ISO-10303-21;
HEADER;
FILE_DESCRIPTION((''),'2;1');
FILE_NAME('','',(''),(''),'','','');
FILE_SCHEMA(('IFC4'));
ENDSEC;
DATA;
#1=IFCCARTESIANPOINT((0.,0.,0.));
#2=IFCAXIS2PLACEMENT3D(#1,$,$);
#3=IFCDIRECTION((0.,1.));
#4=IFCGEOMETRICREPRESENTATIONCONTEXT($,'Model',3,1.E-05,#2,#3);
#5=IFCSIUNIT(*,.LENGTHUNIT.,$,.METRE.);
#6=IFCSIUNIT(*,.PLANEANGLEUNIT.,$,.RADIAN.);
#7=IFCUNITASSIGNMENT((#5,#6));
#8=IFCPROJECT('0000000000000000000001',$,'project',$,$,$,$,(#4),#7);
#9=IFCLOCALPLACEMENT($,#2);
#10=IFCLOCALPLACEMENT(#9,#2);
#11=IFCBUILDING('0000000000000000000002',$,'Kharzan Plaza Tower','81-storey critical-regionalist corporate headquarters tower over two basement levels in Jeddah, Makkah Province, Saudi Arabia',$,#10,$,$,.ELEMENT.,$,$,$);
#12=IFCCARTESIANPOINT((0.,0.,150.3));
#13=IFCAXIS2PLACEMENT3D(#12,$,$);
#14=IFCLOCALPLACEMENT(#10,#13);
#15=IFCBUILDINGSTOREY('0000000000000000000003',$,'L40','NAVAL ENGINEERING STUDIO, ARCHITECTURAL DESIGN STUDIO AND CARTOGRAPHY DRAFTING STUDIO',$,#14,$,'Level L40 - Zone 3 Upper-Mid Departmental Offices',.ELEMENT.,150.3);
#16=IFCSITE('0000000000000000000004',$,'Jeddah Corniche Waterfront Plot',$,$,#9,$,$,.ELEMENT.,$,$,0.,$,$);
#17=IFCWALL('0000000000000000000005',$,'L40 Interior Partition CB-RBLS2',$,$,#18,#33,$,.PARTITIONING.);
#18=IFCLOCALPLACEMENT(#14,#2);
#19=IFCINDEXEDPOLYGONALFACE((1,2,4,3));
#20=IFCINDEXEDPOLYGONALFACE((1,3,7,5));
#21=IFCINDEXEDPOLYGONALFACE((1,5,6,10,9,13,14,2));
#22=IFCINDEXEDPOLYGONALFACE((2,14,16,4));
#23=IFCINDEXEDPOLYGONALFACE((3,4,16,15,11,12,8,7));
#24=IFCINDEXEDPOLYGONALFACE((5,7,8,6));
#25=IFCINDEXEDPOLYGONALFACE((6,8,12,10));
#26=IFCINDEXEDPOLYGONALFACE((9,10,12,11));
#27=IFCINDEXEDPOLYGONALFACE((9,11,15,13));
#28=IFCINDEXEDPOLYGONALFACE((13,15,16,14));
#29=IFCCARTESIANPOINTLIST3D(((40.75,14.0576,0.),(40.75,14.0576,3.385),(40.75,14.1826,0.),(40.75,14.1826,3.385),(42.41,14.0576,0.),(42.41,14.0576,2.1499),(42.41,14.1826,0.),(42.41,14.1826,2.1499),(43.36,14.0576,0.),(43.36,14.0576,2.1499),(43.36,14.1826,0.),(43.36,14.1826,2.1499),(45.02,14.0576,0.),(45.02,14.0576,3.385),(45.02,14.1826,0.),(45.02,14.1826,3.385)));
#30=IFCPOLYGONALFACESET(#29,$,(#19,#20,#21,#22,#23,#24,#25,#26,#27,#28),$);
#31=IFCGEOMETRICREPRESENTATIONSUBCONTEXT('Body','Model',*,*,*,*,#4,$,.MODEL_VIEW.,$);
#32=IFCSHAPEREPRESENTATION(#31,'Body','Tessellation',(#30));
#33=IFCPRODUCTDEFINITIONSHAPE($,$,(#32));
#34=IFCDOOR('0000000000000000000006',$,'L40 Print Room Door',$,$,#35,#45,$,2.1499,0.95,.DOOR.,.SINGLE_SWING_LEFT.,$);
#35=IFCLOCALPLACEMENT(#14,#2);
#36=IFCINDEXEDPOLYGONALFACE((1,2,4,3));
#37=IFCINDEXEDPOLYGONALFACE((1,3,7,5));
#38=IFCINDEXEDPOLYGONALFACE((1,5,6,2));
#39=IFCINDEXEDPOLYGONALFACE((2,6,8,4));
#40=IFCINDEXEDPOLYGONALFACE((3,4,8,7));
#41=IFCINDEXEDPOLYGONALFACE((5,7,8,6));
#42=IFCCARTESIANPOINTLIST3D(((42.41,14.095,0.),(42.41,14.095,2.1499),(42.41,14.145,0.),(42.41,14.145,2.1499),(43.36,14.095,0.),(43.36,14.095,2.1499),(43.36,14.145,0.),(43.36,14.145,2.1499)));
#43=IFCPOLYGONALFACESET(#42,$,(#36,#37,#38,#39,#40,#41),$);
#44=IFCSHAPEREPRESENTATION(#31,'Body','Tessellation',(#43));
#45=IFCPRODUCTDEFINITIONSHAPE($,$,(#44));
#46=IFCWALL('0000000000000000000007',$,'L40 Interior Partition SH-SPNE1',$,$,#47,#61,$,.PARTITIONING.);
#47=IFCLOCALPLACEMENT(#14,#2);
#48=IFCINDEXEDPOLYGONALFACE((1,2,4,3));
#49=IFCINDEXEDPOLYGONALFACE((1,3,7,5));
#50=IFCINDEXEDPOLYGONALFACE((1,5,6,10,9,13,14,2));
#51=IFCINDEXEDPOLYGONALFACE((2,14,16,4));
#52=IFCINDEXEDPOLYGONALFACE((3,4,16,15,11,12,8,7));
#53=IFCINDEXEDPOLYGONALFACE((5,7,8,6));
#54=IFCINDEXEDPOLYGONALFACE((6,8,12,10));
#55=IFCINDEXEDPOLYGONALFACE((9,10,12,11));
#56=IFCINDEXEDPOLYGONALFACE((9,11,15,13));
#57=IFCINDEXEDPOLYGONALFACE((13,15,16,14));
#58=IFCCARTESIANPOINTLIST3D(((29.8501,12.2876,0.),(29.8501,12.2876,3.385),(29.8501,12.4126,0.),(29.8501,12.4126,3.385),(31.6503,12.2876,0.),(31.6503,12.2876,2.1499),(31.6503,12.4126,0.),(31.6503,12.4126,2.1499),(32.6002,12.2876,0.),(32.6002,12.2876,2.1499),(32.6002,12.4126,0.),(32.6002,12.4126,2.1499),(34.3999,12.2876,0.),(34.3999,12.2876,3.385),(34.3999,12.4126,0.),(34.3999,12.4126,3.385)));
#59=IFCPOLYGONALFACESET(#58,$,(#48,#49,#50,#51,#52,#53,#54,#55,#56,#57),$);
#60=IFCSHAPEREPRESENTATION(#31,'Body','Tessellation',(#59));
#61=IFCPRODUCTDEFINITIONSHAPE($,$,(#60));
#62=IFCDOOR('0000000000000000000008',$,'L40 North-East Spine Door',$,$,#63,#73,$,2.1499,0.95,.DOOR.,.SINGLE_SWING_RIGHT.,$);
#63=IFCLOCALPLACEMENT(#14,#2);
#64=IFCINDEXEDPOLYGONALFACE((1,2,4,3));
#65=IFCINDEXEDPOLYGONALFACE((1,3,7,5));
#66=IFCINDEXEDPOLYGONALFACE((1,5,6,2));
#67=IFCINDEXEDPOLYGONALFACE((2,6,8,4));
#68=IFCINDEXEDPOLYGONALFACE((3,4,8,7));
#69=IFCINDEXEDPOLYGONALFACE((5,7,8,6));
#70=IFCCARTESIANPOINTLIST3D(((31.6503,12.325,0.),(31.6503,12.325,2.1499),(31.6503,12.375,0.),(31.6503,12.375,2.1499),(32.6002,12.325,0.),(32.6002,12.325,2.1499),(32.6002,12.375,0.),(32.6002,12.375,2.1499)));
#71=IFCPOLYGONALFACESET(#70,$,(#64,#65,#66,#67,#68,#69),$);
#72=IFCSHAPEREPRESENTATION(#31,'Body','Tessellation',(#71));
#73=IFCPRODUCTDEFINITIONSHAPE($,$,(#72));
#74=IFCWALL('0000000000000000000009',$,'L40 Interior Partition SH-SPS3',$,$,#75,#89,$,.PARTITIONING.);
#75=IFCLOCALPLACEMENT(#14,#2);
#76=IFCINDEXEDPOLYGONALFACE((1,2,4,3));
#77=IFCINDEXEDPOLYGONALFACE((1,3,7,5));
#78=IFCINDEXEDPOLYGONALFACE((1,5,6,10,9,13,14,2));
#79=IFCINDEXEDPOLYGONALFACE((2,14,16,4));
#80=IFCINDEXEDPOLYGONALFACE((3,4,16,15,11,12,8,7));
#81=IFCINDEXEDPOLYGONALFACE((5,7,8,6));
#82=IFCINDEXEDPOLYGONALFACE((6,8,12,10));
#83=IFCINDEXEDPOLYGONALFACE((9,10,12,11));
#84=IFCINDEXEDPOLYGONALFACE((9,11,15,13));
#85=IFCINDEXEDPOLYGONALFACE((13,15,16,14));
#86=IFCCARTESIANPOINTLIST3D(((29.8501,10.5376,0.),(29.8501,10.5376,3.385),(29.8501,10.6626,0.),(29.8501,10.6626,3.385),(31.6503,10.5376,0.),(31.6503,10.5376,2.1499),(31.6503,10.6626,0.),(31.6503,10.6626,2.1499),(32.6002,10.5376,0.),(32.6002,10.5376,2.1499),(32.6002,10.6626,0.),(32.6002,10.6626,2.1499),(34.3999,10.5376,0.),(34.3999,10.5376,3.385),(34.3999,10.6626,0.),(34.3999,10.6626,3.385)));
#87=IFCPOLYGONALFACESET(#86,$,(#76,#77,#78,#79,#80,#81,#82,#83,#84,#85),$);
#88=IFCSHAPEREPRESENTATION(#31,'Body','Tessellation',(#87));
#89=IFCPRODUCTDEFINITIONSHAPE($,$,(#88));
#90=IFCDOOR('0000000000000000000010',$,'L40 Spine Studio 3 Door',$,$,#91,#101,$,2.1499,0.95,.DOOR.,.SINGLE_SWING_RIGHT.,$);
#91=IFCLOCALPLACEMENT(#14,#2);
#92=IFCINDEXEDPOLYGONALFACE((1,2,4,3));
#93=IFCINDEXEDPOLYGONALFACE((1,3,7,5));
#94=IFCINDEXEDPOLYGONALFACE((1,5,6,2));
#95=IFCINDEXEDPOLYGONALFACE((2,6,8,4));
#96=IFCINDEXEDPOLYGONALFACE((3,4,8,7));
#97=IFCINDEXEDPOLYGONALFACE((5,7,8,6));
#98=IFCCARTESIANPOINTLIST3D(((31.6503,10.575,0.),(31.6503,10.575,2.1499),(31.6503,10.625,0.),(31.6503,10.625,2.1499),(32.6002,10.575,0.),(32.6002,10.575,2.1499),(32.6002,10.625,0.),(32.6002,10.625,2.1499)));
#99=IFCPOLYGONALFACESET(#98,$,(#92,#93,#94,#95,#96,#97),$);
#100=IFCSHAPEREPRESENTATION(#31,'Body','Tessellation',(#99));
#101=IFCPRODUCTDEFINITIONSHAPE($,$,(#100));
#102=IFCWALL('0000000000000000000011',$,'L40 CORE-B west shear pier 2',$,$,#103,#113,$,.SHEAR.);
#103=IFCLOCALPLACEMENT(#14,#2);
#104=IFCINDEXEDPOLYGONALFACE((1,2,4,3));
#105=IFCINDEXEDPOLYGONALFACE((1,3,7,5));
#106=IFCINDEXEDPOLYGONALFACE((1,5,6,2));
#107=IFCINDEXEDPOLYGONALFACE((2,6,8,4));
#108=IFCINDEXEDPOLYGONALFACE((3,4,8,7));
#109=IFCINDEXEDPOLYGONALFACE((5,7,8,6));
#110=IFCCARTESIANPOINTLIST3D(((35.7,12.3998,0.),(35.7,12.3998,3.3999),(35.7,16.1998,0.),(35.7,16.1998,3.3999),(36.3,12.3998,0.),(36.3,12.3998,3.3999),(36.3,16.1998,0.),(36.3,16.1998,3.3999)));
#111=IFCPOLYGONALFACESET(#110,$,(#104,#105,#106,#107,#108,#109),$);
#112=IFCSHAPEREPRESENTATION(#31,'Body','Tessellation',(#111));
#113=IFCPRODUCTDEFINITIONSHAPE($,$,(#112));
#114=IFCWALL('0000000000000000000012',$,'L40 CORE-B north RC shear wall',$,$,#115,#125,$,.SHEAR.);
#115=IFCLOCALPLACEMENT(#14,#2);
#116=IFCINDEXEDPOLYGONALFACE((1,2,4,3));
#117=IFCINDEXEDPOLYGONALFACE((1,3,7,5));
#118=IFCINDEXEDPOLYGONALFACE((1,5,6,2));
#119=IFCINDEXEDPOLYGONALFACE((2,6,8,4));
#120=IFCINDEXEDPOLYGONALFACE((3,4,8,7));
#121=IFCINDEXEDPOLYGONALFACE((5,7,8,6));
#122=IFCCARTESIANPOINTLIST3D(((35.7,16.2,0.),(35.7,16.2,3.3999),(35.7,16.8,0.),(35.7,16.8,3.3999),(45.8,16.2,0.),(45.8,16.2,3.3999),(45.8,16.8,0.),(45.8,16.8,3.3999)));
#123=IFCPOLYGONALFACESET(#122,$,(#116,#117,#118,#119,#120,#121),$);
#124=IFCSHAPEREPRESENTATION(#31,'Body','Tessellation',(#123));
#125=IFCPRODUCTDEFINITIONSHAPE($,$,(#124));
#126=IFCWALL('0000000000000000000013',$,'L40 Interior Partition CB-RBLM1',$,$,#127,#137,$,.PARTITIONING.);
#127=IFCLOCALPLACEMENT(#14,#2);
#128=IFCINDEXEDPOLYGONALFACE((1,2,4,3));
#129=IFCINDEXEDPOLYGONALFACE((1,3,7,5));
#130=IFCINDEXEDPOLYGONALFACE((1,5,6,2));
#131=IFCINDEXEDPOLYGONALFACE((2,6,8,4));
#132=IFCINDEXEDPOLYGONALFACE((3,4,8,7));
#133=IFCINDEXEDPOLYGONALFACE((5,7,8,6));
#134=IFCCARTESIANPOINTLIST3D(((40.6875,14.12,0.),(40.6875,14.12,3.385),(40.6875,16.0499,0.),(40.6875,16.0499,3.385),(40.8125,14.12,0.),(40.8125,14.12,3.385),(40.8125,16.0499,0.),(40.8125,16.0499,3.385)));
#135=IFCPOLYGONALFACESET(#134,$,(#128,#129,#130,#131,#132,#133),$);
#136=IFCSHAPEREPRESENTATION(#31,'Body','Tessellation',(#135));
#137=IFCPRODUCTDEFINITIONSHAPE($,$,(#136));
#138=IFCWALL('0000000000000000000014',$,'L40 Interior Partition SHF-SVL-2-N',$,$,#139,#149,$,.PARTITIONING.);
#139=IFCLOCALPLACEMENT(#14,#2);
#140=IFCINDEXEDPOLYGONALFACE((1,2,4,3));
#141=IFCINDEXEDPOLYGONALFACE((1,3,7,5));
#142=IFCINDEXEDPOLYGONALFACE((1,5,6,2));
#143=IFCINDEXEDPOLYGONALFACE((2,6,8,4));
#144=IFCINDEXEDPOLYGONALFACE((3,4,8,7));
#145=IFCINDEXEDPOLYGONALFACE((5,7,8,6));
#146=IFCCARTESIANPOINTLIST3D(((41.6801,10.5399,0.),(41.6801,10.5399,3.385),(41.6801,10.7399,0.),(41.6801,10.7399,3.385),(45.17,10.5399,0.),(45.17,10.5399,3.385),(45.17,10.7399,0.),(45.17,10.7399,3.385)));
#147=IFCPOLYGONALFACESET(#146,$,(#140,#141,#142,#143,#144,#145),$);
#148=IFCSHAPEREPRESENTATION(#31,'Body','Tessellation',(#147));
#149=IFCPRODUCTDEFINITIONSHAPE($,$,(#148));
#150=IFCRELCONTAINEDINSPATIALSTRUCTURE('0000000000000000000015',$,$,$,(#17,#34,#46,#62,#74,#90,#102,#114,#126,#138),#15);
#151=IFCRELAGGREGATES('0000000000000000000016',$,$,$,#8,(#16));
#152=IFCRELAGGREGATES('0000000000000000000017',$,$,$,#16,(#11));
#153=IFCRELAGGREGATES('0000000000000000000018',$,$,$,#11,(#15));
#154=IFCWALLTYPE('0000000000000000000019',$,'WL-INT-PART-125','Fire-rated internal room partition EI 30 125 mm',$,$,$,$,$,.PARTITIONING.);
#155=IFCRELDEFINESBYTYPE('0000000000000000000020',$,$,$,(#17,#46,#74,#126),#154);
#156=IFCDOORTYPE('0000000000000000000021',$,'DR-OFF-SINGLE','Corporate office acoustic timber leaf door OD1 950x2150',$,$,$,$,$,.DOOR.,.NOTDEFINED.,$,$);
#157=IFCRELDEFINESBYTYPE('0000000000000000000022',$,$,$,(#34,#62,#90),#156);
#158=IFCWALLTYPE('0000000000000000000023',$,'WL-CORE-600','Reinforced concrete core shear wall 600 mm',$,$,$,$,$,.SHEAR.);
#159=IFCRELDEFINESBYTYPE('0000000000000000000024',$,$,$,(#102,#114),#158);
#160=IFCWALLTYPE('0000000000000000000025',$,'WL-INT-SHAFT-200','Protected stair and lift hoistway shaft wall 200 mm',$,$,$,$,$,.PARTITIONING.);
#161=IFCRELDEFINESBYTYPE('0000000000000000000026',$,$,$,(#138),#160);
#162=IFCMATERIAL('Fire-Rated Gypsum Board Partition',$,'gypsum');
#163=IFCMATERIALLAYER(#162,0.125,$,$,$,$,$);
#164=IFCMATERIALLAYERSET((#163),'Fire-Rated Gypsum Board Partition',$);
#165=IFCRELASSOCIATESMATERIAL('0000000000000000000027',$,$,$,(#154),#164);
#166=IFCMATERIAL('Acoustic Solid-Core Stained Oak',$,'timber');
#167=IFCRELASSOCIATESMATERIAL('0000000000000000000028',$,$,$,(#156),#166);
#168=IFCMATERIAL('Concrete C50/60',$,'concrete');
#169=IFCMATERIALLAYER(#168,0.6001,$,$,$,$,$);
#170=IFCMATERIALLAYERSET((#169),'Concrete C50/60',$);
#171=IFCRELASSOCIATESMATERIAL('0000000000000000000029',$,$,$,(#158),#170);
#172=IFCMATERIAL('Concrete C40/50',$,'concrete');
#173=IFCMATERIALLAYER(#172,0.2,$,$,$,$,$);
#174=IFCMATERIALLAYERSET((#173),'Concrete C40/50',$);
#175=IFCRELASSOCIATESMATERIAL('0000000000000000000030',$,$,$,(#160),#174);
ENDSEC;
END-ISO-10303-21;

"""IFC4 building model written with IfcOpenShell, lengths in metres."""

from ifc_helpers import new_model, si_unit, direction, frame, frame_2d, origin, place, context, subcontext, project, spatial, rectangle, extrude, source, transform, mapped, material, layer, layer_set, type_object, element, fill, save


model = new_model("IFC4")

# Units and contexts
model_context = context("Model", 3, precision=1e-05, world=origin(), true_north=direction((0.0, 1.0)))
body_context = subcontext(model_context, "Body", "Model", "MODEL_VIEW")
ifc_project = project(units=[si_unit("LENGTHUNIT", "METRE"), si_unit("PLANEANGLEUNIT", "RADIAN")], contexts=[model_context])

# Site, building, storey
site_placement = place(None, origin())
site = spatial("IfcSite", under=ifc_project, at=site_placement, Name="Jeddah Corniche Waterfront Plot", CompositionType="ELEMENT", RefElevation=0.0)
building_placement = place(site_placement, origin())
building = spatial("IfcBuilding", under=site, at=building_placement, Name="Kharzan Plaza Tower", Description="81-storey critical-regionalist corporate headquarters tower over two basement levels in Jeddah, Makkah Province, Saudi Arabia", CompositionType="ELEMENT")
storey_placement = place(building_placement, frame((0.0, 0.0, 150.3)))
storey = spatial("IfcBuildingStorey", under=building, at=storey_placement, Name="L40", Description="NAVAL ENGINEERING STUDIO, ARCHITECTURAL DESIGN STUDIO AND CARTOGRAPHY DRAFTING STUDIO", LongName="Level L40 - Zone 3 Upper-Mid Departmental Offices", CompositionType="ELEMENT", Elevation=150.3)

# Shared definitions
ifc_material_1 = material(Name="Concrete C50/60", Category="concrete")

# Shared definitions
ifc_material_2 = material(Name="Concrete C40/50", Category="concrete")

# Walls, openings, doors
ifc_material_3 = material(Name="Fire-Rated Gypsum Board Partition", Category="gypsum")
ifc_layer_1 = layer(ifc_material_3, 0.125)
ifc_layer_set_1 = layer_set([ifc_layer_1], Name="Fire-Rated Gypsum Board Partition")
wall_type_1 = type_object("IfcWallType", Name="WL-INT-PART-125", Description="Fire-rated internal room partition EI 30 125 mm", PredefinedType="PARTITIONING", material=ifc_layer_set_1)
wall_1_placement = place(storey_placement, frame((40.75, 14.1201, 0.0), z_axis=(0.0, 0.0, 1.0), x_axis=(1.0, 0.0, 0.0)))
wall_1 = element("IfcWall", 1, at=wall_1_placement, inside=storey, type_object=wall_type_1, Name="L40 Interior Partition CB-RBLS2", PredefinedType="PARTITIONING", context=body_context, shape_type="SweptSolid", body=[
    extrude(rectangle(XDim=4.27, YDim=0.125, at=frame_2d((2.135, 0.0))), origin(), (0.0, 0.0, 1.0), 3.385),
])
opening_1_placement = place(wall_1_placement, frame((1.6599, 0.0, 0.0)))
opening_1 = element("IfcOpeningElement", 2, at=opening_1_placement, cuts=wall_1, PredefinedType="OPENING", context=body_context, shape_type="SweptSolid", body=[
    extrude(rectangle(XDim=0.95, YDim=2.1499, at=frame_2d((0.4751, 1.075))), frame((0.0, 0.0725, 0.0), z_axis=(0.0, -1.0, 0.0), x_axis=(1.0, 0.0, 0.0)), (0.0, 0.0, 1.0), 0.145),
])
ifc_material_4 = material(Name="Acoustic Solid-Core Stained Oak", Category="timber")
door_type_1 = type_object("IfcDoorType", Name="DR-OFF-SINGLE", Description="Corporate office acoustic timber leaf door OD1 950x2150", OperationType="NOTDEFINED", PredefinedType="DOOR", material=ifc_material_4)
shared_shape_1 = source(origin(), body_context, "Body", "SweptSolid", [
    extrude(rectangle(XDim=0.95, YDim=2.1499, at=frame_2d((0.4751, 1.075))), frame((0.0, 0.0249, 0.0), z_axis=(0.0, -1.0, 0.0), x_axis=(1.0, 0.0, 0.0)), (0.0, 0.0, 1.0), 0.05),
])
door_1_placement = place(opening_1_placement, origin())
door_1 = element("IfcDoor", 3, at=door_1_placement, inside=storey, type_object=door_type_1, Name="L40 Print Room Door", OperationType="SINGLE_SWING_LEFT", OverallHeight=2.1499, OverallWidth=0.95, PredefinedType="DOOR", context=body_context, shape_type="MappedRepresentation", body=[
    mapped(shared_shape_1, transform((0.0, 0.0, 0.0), x_axis=(1.0, 0.0, 0.0), y_axis=(0.0, 1.0, 0.0), z_axis=(0.0, 0.0, 1.0))),
])
fill(opening_1, door_1)
wall_2_placement = place(storey_placement, frame((29.8501, 12.3501, 0.0), z_axis=(0.0, 0.0, 1.0), x_axis=(1.0, 0.0, 0.0)))
wall_2 = element("IfcWall", 4, at=wall_2_placement, inside=storey, type_object=wall_type_1, Name="L40 Interior Partition SH-SPNE1", PredefinedType="PARTITIONING", context=body_context, shape_type="SweptSolid", body=[
    extrude(rectangle(XDim=4.5498, YDim=0.125, at=frame_2d((2.2749, 0.0))), origin(), (0.0, 0.0, 1.0), 3.385),
])
opening_2_placement = place(wall_2_placement, frame((1.8, 0.0, 0.0)))
opening_2 = element("IfcOpeningElement", 5, at=opening_2_placement, cuts=wall_2, PredefinedType="OPENING", context=body_context, shape_type="SweptSolid", body=[
    extrude(rectangle(XDim=0.95, YDim=2.1499, at=frame_2d((0.4751, 1.075))), frame((0.0, 0.0725, 0.0), z_axis=(0.0, -1.0, 0.0), x_axis=(1.0, 0.0, 0.0)), (0.0, 0.0, 1.0), 0.145),
])
door_2_placement = place(opening_2_placement, origin())
door_2 = element("IfcDoor", 6, at=door_2_placement, inside=storey, type_object=door_type_1, Name="L40 North-East Spine Door", OperationType="SINGLE_SWING_RIGHT", OverallHeight=2.1499, OverallWidth=0.95, PredefinedType="DOOR", context=body_context, shape_type="MappedRepresentation", body=[
    mapped(shared_shape_1, transform((0.0, 0.0, 0.0), x_axis=(1.0, 0.0, 0.0), y_axis=(0.0, 1.0, 0.0), z_axis=(0.0, 0.0, 1.0))),
])
fill(opening_2, door_2)
wall_3_placement = place(storey_placement, frame((29.8501, 10.6001, 0.0), z_axis=(0.0, 0.0, 1.0), x_axis=(1.0, 0.0, 0.0)))
wall_3 = element("IfcWall", 7, at=wall_3_placement, inside=storey, type_object=wall_type_1, Name="L40 Interior Partition SH-SPS3", PredefinedType="PARTITIONING", context=body_context, shape_type="SweptSolid", body=[
    extrude(rectangle(XDim=4.5498, YDim=0.125, at=frame_2d((2.2749, 0.0))), origin(), (0.0, 0.0, 1.0), 3.385),
])
opening_3_placement = place(wall_3_placement, frame((1.8, 0.0, 0.0)))
opening_3 = element("IfcOpeningElement", 8, at=opening_3_placement, cuts=wall_3, PredefinedType="OPENING", context=body_context, shape_type="SweptSolid", body=[
    extrude(rectangle(XDim=0.95, YDim=2.1499, at=frame_2d((0.4751, 1.075))), frame((0.0, 0.0725, 0.0), z_axis=(0.0, -1.0, 0.0), x_axis=(1.0, 0.0, 0.0)), (0.0, 0.0, 1.0), 0.145),
])
door_3_placement = place(opening_3_placement, origin())
door_3 = element("IfcDoor", 9, at=door_3_placement, inside=storey, type_object=door_type_1, Name="L40 Spine Studio 3 Door", OperationType="SINGLE_SWING_RIGHT", OverallHeight=2.1499, OverallWidth=0.95, PredefinedType="DOOR", context=body_context, shape_type="MappedRepresentation", body=[
    mapped(shared_shape_1, transform((0.0, 0.0, 0.0), x_axis=(1.0, 0.0, 0.0), y_axis=(0.0, 1.0, 0.0), z_axis=(0.0, 0.0, 1.0))),
])
fill(opening_3, door_3)

# Walls
ifc_layer_2 = layer(ifc_material_1, 0.6001)
ifc_layer_set_2 = layer_set([ifc_layer_2], Name="Concrete C50/60")
wall_type_2 = type_object("IfcWallType", Name="WL-CORE-600", Description="Reinforced concrete core shear wall 600 mm", PredefinedType="SHEAR", material=ifc_layer_set_2)
shared_shape_2 = source(origin(), body_context, "Body", "SweptSolid", [
    extrude(rectangle(XDim=3.8, YDim=0.6001, at=frame_2d((1.8999, 0.0))), origin(), (0.0, 0.0, 1.0), 3.3999),
])
wall_4_placement = place(storey_placement, frame((36.0, 12.3999, 0.0), z_axis=(0.0, 0.0, 1.0), x_axis=(0.0, 1.0, 0.0)))
element("IfcWall", 10, at=wall_4_placement, inside=storey, type_object=wall_type_2, Name="L40 CORE-B west shear pier 2", PredefinedType="SHEAR", context=body_context, shape_type="MappedRepresentation", body=[
    mapped(shared_shape_2, transform((0.0, 0.0, 0.0), x_axis=(1.0, 0.0, 0.0), y_axis=(0.0, 1.0, 0.0), z_axis=(0.0, 0.0, 1.0))),
])
shared_shape_3 = source(origin(), body_context, "Body", "SweptSolid", [
    extrude(rectangle(XDim=10.1001, YDim=0.6001, at=frame_2d((5.05, 0.0))), origin(), (0.0, 0.0, 1.0), 3.3999),
])
wall_5_placement = place(storey_placement, frame((35.7, 16.5, 0.0), z_axis=(0.0, 0.0, 1.0), x_axis=(1.0, 0.0, 0.0)))
element("IfcWall", 11, at=wall_5_placement, inside=storey, type_object=wall_type_2, Name="L40 CORE-B north RC shear wall", PredefinedType="SHEAR", context=body_context, shape_type="MappedRepresentation", body=[
    mapped(shared_shape_3, transform((0.0, 0.0, 0.0), x_axis=(1.0, 0.0, 0.0), y_axis=(0.0, 1.0, 0.0), z_axis=(0.0, 0.0, 1.0))),
])
shared_shape_4 = source(origin(), body_context, "Body", "SweptSolid", [
    extrude(rectangle(XDim=1.9299, YDim=0.125, at=frame_2d((0.9648, 0.0))), origin(), (0.0, 0.0, 1.0), 3.385),
])
wall_6_placement = place(storey_placement, frame((40.75, 14.1201, 0.0), z_axis=(0.0, 0.0, 1.0), x_axis=(0.0, 1.0, 0.0)))
element("IfcWall", 12, at=wall_6_placement, inside=storey, type_object=wall_type_1, Name="L40 Interior Partition CB-RBLM1", PredefinedType="PARTITIONING", context=body_context, shape_type="MappedRepresentation", body=[
    mapped(shared_shape_4, transform((0.0, 0.0, 0.0), x_axis=(1.0, 0.0, 0.0), y_axis=(0.0, 1.0, 0.0), z_axis=(0.0, 0.0, 1.0))),
])
ifc_layer_3 = layer(ifc_material_2, 0.2)
ifc_layer_set_3 = layer_set([ifc_layer_3], Name="Concrete C40/50")
wall_type_3 = type_object("IfcWallType", Name="WL-INT-SHAFT-200", Description="Protected stair and lift hoistway shaft wall 200 mm", PredefinedType="PARTITIONING", material=ifc_layer_set_3)
shared_shape_5 = source(origin(), body_context, "Body", "SweptSolid", [
    extrude(rectangle(XDim=3.49, YDim=0.2, at=frame_2d((1.7451, 0.0))), origin(), (0.0, 0.0, 1.0), 3.385),
])
wall_7_placement = place(storey_placement, frame((41.6799, 10.6399, 0.0), z_axis=(0.0, 0.0, 1.0), x_axis=(1.0, 0.0, 0.0)))
element("IfcWall", 13, at=wall_7_placement, inside=storey, type_object=wall_type_3, Name="L40 Interior Partition SHF-SVL-2-N", PredefinedType="PARTITIONING", context=body_context, shape_type="MappedRepresentation", body=[
    mapped(shared_shape_5, transform((0.0, 0.0, 0.0), x_axis=(1.0, 0.0, 0.0), y_axis=(0.0, 1.0, 0.0), z_axis=(0.0, 0.0, 1.0))),
])

save(model, "model.ifc")
